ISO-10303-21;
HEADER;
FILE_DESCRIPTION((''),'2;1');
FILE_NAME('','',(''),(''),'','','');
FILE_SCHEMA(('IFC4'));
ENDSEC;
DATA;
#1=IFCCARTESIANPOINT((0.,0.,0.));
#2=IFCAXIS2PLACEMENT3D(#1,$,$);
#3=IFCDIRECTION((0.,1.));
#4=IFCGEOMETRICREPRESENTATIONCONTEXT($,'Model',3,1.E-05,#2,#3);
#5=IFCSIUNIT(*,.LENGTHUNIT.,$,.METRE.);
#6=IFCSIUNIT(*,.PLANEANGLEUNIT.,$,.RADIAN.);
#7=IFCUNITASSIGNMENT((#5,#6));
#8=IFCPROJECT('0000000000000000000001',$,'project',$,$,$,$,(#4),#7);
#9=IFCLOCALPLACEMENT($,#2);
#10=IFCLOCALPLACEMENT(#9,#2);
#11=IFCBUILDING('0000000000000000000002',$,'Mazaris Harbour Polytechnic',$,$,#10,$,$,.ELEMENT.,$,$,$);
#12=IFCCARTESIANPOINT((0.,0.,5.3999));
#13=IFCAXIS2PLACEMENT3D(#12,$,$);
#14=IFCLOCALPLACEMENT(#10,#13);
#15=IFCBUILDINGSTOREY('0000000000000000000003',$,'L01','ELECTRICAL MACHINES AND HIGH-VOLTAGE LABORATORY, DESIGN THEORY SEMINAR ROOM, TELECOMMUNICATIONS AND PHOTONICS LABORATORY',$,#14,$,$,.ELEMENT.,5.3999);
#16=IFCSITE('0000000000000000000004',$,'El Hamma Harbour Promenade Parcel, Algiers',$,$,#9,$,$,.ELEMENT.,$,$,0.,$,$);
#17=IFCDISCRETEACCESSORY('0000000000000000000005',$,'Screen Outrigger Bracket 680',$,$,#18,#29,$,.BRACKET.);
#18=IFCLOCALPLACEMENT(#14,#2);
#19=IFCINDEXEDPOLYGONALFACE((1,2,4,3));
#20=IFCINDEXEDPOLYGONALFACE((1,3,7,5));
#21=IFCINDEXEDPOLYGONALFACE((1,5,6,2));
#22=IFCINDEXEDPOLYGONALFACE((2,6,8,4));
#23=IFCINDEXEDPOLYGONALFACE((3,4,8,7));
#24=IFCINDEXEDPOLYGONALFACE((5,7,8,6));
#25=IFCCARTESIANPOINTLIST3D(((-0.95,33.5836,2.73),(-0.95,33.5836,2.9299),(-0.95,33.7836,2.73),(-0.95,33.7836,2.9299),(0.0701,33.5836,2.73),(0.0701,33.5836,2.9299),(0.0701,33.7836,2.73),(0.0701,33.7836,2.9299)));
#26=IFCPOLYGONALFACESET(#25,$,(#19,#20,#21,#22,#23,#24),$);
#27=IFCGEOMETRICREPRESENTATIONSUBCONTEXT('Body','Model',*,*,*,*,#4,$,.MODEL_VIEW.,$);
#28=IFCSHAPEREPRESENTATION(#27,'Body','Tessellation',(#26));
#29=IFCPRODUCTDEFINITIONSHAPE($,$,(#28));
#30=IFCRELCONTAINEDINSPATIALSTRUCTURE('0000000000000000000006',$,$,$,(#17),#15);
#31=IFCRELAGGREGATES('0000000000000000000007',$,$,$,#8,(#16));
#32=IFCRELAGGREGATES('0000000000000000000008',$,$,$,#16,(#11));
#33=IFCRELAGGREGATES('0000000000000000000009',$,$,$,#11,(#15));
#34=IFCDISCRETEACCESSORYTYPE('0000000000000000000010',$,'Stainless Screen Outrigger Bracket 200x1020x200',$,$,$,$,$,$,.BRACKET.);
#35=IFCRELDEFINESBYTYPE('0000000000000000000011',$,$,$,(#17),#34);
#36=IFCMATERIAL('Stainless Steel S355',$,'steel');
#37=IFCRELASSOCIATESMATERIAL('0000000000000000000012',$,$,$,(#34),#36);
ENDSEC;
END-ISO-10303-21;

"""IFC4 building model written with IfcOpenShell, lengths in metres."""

from ifc_helpers import new_model, si_unit, direction, frame, origin, origin_2d, place, context, subcontext, project, spatial, rectangle, extrude, material, type_object, element, save


model = new_model("IFC4")

# Units and contexts
model_context = context("Model", 3, precision=1e-05, world=origin(), true_north=direction((0.0, 1.0)))
body_context = subcontext(model_context, "Body", "Model", "MODEL_VIEW")
ifc_project = project(units=[si_unit("LENGTHUNIT", "METRE"), si_unit("PLANEANGLEUNIT", "RADIAN")], contexts=[model_context])

# Site, building, storey
site_placement = place(None, origin())
site = spatial("IfcSite", under=ifc_project, at=site_placement, Name="El Hamma Harbour Promenade Parcel, Algiers", CompositionType="ELEMENT", RefElevation=0.0)
building_placement = place(site_placement, origin())
building = spatial("IfcBuilding", under=site, at=building_placement, Name="Mazaris Harbour Polytechnic", CompositionType="ELEMENT")
storey_placement = place(building_placement, frame((0.0, 0.0, 5.3999)))
storey = spatial("IfcBuildingStorey", under=building, at=storey_placement, Name="L01", Description="ELECTRICAL MACHINES AND HIGH-VOLTAGE LABORATORY, DESIGN THEORY SEMINAR ROOM, TELECOMMUNICATIONS AND PHOTONICS LABORATORY", CompositionType="ELEMENT", Elevation=5.3999)

# Discrete accessory
ifc_material_1 = material(Name="Stainless Steel S355", Category="steel")
discrete_accessory_type = type_object("IfcDiscreteAccessoryType", Name="Stainless Screen Outrigger Bracket 200x1020x200", PredefinedType="BRACKET", material=ifc_material_1)
for number, where, z_axis, x_axis, name in (
    (1, (-0.4399, 33.6836, 2.73), (0.0, 0.0, 1.0), (0.0, 1.0, 0.0), "Screen Outrigger Bracket 680"),
):
    element("IfcDiscreteAccessory", number, at=place(storey_placement, frame(where, z_axis=z_axis, x_axis=x_axis)), inside=storey, type_object=discrete_accessory_type, Name=name, PredefinedType="BRACKET", context=body_context, shape_type="SweptSolid", body=[
        extrude(rectangle(XDim=0.2, YDim=1.02, at=origin_2d()), origin(), (0.0, 0.0, 1.0), 0.2),
    ])

save(model, "model.ifc")
